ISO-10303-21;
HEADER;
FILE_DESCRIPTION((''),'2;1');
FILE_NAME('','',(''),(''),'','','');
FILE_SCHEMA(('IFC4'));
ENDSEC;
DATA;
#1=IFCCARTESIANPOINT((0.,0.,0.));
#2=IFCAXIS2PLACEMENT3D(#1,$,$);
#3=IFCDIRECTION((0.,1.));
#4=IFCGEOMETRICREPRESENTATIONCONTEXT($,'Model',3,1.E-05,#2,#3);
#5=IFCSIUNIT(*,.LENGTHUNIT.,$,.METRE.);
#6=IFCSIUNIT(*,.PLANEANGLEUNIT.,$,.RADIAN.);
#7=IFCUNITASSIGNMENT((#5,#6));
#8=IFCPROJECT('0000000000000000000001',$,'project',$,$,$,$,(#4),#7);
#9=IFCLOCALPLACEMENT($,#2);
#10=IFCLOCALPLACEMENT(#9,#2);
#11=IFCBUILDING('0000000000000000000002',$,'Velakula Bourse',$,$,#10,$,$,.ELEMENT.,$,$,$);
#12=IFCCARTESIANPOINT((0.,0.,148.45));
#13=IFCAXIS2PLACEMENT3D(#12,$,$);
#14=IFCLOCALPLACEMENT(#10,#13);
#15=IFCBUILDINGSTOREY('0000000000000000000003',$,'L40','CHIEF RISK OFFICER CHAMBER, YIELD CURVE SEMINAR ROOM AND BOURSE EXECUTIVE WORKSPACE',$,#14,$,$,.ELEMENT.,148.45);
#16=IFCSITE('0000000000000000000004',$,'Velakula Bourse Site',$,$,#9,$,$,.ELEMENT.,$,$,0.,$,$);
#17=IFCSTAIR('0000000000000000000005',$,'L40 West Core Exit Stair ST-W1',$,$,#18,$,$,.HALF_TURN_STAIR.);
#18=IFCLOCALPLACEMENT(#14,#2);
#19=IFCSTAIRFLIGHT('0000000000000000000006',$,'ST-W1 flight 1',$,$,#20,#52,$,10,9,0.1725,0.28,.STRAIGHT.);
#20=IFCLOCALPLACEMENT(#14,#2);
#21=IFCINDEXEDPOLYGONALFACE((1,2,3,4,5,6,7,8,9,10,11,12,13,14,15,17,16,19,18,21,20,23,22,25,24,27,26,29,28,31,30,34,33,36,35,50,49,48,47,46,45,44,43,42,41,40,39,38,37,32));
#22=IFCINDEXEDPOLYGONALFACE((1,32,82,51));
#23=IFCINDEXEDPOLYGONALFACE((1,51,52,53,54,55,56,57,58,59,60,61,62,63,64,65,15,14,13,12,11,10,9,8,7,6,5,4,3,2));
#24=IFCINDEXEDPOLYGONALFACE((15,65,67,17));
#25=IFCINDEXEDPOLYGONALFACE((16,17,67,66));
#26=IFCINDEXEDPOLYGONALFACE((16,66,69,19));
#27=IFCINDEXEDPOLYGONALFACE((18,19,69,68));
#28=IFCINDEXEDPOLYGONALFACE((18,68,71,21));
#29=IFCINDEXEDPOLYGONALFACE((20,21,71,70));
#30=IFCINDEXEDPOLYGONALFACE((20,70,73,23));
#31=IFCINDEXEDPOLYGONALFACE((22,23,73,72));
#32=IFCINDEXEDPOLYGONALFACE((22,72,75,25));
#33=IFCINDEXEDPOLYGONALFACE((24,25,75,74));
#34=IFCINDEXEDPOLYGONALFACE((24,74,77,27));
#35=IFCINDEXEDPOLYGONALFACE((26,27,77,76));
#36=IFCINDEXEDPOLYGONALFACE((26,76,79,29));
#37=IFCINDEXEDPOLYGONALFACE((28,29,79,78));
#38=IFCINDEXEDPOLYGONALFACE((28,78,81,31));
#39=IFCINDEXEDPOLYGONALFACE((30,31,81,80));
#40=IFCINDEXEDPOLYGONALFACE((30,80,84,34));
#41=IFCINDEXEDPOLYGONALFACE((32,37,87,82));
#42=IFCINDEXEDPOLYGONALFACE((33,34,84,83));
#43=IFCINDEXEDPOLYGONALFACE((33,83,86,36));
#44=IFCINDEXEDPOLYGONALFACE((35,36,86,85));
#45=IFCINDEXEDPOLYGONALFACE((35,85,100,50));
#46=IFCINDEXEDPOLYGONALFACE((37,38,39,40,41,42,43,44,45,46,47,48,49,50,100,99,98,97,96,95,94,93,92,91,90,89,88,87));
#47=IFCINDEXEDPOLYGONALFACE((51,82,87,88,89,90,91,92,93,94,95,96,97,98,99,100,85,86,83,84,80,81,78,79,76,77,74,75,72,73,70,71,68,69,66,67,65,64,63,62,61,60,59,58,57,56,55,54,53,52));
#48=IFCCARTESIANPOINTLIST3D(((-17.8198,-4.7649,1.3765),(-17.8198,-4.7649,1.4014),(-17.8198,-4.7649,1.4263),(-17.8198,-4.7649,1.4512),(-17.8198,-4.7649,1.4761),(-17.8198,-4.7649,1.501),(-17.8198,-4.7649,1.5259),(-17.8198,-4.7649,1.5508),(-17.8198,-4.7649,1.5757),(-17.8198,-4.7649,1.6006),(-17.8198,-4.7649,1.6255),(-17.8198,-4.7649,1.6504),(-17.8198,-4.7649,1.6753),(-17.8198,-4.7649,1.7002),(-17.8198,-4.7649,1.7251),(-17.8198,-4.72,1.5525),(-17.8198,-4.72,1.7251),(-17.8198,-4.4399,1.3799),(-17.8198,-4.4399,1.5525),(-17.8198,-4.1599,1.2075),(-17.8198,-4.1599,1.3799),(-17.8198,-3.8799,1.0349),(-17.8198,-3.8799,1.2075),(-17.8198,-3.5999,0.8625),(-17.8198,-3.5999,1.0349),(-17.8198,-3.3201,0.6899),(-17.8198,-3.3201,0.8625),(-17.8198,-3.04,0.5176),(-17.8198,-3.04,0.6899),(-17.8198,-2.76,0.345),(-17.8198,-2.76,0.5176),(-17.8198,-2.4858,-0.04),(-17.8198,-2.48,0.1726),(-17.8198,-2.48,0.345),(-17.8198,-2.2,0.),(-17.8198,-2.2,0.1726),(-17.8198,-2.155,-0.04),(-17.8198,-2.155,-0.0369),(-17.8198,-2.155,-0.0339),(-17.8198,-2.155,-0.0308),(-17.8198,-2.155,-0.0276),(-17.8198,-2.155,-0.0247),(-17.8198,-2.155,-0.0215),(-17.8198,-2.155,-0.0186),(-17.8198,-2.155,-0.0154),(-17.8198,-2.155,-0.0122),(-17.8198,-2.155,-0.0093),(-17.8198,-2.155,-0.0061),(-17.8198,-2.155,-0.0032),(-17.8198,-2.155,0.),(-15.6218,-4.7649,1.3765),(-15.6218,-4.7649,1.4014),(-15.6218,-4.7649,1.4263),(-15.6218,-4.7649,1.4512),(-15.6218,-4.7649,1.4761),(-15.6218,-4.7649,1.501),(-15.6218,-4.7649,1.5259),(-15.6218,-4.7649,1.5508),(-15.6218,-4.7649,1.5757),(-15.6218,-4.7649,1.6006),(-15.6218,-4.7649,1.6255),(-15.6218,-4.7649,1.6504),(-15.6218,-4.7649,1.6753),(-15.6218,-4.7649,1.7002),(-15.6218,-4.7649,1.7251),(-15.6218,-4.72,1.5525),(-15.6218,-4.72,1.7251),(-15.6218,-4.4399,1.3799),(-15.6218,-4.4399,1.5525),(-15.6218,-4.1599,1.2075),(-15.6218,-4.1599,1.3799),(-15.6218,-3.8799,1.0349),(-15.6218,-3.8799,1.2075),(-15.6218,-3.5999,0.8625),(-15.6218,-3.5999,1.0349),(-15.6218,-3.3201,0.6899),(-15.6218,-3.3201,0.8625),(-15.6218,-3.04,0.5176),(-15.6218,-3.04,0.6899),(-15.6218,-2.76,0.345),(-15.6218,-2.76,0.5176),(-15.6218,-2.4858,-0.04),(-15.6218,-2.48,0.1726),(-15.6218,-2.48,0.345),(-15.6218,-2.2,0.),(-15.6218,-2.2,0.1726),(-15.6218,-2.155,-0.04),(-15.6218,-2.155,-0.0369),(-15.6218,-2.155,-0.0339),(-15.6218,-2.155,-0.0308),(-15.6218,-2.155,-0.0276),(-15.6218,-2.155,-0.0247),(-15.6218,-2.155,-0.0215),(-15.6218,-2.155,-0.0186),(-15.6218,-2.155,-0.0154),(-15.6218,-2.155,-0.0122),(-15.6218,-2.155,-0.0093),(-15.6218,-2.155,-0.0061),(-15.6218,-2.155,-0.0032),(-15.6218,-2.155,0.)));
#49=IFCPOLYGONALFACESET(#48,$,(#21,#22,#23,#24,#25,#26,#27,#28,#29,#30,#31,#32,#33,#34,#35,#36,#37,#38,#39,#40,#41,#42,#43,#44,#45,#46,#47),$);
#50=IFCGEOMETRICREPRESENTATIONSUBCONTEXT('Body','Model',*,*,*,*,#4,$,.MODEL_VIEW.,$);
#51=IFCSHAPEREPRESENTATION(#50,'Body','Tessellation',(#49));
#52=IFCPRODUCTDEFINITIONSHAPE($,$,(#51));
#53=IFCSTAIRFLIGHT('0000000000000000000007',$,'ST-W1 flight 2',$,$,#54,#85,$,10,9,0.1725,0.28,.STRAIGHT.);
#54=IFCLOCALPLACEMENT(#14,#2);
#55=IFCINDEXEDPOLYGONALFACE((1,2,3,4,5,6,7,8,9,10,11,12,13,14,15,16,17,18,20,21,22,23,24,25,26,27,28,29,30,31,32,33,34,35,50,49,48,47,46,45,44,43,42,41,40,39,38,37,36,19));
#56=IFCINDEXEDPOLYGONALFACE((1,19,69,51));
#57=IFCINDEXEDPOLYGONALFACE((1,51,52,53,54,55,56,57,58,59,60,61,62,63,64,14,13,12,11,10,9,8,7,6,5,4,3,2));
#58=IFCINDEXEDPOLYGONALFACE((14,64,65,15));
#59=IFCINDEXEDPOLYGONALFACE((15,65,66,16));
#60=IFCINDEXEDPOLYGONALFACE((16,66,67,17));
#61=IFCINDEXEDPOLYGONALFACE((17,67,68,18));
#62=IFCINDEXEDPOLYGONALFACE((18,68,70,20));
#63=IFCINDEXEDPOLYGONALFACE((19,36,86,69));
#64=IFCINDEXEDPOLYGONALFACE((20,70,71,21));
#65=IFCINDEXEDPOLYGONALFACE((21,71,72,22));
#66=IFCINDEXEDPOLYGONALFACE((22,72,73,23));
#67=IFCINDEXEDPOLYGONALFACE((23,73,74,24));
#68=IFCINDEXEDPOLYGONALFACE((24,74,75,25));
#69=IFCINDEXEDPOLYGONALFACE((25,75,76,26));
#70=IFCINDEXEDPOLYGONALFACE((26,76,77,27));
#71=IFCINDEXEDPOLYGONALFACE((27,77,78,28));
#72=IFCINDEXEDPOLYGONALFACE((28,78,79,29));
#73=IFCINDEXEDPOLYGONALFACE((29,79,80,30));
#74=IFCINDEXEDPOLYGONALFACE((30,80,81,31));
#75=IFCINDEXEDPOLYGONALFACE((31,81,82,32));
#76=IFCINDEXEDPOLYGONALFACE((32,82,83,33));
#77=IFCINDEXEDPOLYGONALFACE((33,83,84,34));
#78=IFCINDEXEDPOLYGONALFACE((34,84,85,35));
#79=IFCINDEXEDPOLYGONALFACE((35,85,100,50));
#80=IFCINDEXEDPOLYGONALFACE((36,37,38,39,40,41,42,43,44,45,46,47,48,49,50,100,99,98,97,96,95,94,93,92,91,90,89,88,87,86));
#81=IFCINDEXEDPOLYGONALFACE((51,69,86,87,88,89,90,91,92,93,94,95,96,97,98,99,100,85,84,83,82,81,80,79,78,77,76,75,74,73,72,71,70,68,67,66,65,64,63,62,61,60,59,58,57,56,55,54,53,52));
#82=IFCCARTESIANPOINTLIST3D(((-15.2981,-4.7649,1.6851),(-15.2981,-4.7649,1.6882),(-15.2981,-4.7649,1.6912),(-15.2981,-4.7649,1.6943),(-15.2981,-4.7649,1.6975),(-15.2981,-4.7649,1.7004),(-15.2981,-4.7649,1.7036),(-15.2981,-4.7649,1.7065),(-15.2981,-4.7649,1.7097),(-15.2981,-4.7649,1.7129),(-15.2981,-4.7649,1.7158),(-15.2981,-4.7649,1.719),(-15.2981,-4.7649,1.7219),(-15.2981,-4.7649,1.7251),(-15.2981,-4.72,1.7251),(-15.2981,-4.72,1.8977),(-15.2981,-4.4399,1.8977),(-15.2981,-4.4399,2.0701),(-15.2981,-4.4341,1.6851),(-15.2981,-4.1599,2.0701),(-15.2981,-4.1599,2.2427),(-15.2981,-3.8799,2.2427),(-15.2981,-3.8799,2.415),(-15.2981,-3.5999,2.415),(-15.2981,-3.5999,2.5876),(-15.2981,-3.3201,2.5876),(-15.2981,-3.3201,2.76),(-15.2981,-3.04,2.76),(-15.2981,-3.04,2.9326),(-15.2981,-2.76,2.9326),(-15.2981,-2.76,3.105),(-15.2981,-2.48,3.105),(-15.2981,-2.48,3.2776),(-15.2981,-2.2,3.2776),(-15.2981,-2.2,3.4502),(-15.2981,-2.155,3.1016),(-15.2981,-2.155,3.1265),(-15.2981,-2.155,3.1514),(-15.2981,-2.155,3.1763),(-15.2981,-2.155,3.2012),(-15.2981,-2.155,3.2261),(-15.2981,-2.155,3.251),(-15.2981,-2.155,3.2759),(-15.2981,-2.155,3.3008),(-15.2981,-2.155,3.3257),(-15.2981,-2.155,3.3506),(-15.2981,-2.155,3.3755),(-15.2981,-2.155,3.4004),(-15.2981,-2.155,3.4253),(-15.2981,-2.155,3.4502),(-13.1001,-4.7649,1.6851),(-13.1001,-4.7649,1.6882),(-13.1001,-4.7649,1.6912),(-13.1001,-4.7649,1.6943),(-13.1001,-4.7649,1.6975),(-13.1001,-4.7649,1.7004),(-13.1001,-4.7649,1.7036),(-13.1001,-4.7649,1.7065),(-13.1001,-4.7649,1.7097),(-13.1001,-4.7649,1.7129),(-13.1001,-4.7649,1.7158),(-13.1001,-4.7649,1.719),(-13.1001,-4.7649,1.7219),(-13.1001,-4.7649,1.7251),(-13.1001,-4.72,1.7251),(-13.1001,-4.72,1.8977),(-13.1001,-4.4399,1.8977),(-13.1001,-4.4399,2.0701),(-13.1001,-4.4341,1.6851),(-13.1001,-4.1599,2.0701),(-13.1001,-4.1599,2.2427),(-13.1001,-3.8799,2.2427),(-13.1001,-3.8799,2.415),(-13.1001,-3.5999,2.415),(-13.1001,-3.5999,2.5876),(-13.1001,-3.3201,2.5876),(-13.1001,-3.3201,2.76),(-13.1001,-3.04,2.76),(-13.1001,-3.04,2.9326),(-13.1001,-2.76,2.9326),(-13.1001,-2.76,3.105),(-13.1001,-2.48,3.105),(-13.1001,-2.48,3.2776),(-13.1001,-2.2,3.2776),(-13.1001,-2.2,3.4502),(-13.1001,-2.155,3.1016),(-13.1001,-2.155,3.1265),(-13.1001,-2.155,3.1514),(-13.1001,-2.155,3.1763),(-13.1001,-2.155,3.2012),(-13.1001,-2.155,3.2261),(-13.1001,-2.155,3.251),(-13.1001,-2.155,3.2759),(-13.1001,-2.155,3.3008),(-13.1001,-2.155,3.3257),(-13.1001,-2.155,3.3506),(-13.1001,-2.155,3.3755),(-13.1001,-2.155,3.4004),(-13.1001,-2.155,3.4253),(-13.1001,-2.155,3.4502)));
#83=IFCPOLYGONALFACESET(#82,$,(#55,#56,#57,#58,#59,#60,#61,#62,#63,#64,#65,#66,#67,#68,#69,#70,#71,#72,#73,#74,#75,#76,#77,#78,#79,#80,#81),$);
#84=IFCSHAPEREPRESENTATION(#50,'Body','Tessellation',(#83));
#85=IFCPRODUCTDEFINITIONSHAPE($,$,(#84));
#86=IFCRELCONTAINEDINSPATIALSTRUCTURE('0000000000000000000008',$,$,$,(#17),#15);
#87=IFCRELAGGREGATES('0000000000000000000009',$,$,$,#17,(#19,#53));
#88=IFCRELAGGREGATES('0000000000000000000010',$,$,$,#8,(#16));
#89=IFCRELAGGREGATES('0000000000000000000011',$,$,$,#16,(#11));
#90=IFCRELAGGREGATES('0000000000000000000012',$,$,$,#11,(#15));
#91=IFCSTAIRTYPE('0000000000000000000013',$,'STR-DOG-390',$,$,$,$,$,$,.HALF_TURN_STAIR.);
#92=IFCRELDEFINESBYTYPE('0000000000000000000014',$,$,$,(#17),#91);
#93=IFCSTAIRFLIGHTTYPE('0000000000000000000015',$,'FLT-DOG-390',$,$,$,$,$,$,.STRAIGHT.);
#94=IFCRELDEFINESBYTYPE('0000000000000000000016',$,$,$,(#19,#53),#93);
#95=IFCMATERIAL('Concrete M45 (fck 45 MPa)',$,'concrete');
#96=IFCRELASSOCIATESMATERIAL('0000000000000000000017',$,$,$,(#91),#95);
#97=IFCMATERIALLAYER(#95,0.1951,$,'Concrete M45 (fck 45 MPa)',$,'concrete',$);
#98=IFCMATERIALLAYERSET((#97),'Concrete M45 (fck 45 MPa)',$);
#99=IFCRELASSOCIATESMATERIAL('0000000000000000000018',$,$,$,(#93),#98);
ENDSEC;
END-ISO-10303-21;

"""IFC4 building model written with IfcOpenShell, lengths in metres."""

from ifc_helpers import new_model, si_unit, direction, frame, origin, place, context, subcontext, project, spatial, polyline, outline, extrude, material, layer, layer_set, type_object, element, aggregate, save


model = new_model("IFC4")

# Units and contexts
model_context = context("Model", 3, precision=1e-05, world=origin(), true_north=direction((0.0, 1.0)))
body_context = subcontext(model_context, "Body", "Model", "MODEL_VIEW")
ifc_project = project(units=[si_unit("LENGTHUNIT", "METRE"), si_unit("PLANEANGLEUNIT", "RADIAN")], contexts=[model_context])

# Site, building, storey
site_placement = place(None, origin())
site = spatial("IfcSite", under=ifc_project, at=site_placement, Name="Velakula Bourse Site", CompositionType="ELEMENT", RefElevation=0.0)
building_placement = place(site_placement, origin())
building = spatial("IfcBuilding", under=site, at=building_placement, Name="Velakula Bourse", CompositionType="ELEMENT")
storey_placement = place(building_placement, frame((0.0, 0.0, 148.45)))
storey = spatial("IfcBuildingStorey", under=building, at=storey_placement, Name="L40", Description="CHIEF RISK OFFICER CHAMBER, YIELD CURVE SEMINAR ROOM AND BOURSE EXECUTIVE WORKSPACE", CompositionType="ELEMENT", Elevation=148.45)

# Stair, stair flights
ifc_material_1 = material(Name="Concrete M45 (fck 45 MPa)", Category="concrete")
stair_type = type_object("IfcStairType", Name="STR-DOG-390", PredefinedType="HALF_TURN_STAIR", material=ifc_material_1)
stair_placement = place(storey_placement, origin())
stair = element("IfcStair", 1, at=stair_placement, inside=storey, type_object=stair_type, Name="L40 West Core Exit Stair ST-W1", PredefinedType="HALF_TURN_STAIR")
ifc_layer_1 = layer(ifc_material_1, 0.1951, Name="Concrete M45 (fck 45 MPa)", Category="concrete")
ifc_layer_set_1 = layer_set([ifc_layer_1], Name="Concrete M45 (fck 45 MPa)")
stair_flight_type = type_object("IfcStairFlightType", Name="FLT-DOG-390", PredefinedType="STRAIGHT", material=ifc_layer_set_1)
stair_flight_1_placement = place(storey_placement, frame((-16.7209, -2.2, 0.0), z_axis=(0.0, 0.0, 1.0), x_axis=(0.0, -1.0, 0.0)))
stair_flight_1 = element("IfcStairFlight", 2, at=stair_flight_1_placement, type_object=stair_flight_type, Name="ST-W1 flight 1", NumberOfRisers=10, NumberOfTreads=9, PredefinedType="STRAIGHT", RiserHeight=0.1725, TreadLength=0.28, context=body_context, shape_type="SweptSolid", body=[
    extrude(outline(polyline([(-0.0449, -0.04), (-0.0449, -0.0369), (-0.0449, -0.0339), (-0.0449, -0.0308), (-0.0449, -0.0276), (-0.0449, -0.0247), (-0.0449, -0.0215), (-0.0449, -0.0186), (-0.0449, -0.0154), (-0.0449, -0.0122), (-0.0449, -0.0093), (-0.0449, -0.0061), (-0.0449, -0.0032), (-0.0449, 0.0), (0.0, 0.0), (0.0, 0.1726), (0.28, 0.1726), (0.28, 0.345), (0.5601, 0.345), (0.5601, 0.5176), (0.8401, 0.5176), (0.8401, 0.6899), (1.1201, 0.6899), (1.1201, 0.8625), (1.3999, 0.8625), (1.3999, 1.0349), (1.6799, 1.0349), (1.6799, 1.2075), (1.96, 1.2075), (1.96, 1.3799), (2.24, 1.3799), (2.24, 1.5525), (2.52, 1.5525), (2.52, 1.7251), (2.5649, 1.7251), (2.5649, 1.7002), (2.5649, 1.6753), (2.5649, 1.6504), (2.5649, 1.6255), (2.5649, 1.6006), (2.5649, 1.5757), (2.5649, 1.5508), (2.5649, 1.5259), (2.5649, 1.501), (2.5649, 1.4761), (2.5649, 1.4512), (2.5649, 1.4263), (2.5649, 1.4014), (2.5649, 1.3765), (0.2859, -0.04), (-0.0449, -0.04)])), frame((0.0, 1.0991, 0.0), z_axis=(0.0, -1.0, 0.0), x_axis=(1.0, 0.0, 0.0)), (0.0, 0.0, 1.0), 2.198),
])
stair_flight_2_placement = place(storey_placement, frame((-14.199, -4.72, 1.7251), z_axis=(0.0, 0.0, 1.0), x_axis=(0.0, 1.0, 0.0)))
stair_flight_2 = element("IfcStairFlight", 3, at=stair_flight_2_placement, type_object=stair_flight_type, Name="ST-W1 flight 2", NumberOfRisers=10, NumberOfTreads=9, PredefinedType="STRAIGHT", RiserHeight=0.1725, TreadLength=0.28, context=body_context, shape_type="SweptSolid", body=[
    extrude(outline(polyline([(-0.0449, -0.04), (-0.0449, -0.0369), (-0.0449, -0.0339), (-0.0449, -0.0308), (-0.0449, -0.0276), (-0.0449, -0.0247), (-0.0449, -0.0215), (-0.0449, -0.0186), (-0.0449, -0.0154), (-0.0449, -0.0122), (-0.0449, -0.0093), (-0.0449, -0.0061), (-0.0449, -0.0032), (-0.0449, 0.0), (0.0, 0.0), (0.0, 0.1726), (0.28, 0.1726), (0.28, 0.345), (0.5601, 0.345), (0.5601, 0.5176), (0.8401, 0.5176), (0.8401, 0.6899), (1.1201, 0.6899), (1.1201, 0.8625), (1.3999, 0.8625), (1.3999, 1.0349), (1.6799, 1.0349), (1.6799, 1.2075), (1.96, 1.2075), (1.96, 1.3799), (2.24, 1.3799), (2.24, 1.5525), (2.52, 1.5525), (2.52, 1.7251), (2.5649, 1.7251), (2.5649, 1.7002), (2.5649, 1.6753), (2.5649, 1.6504), (2.5649, 1.6255), (2.5649, 1.6006), (2.5649, 1.5757), (2.5649, 1.5508), (2.5649, 1.5259), (2.5649, 1.501), (2.5649, 1.4761), (2.5649, 1.4512), (2.5649, 1.4263), (2.5649, 1.4014), (2.5649, 1.3765), (0.2859, -0.04), (-0.0449, -0.04)])), frame((0.0, 1.0991, 0.0), z_axis=(0.0, -1.0, 0.0), x_axis=(1.0, 0.0, 0.0)), (0.0, 0.0, 1.0), 2.198),
])
aggregate(stair, [stair_flight_1, stair_flight_2])

save(model, "model.ifc")
